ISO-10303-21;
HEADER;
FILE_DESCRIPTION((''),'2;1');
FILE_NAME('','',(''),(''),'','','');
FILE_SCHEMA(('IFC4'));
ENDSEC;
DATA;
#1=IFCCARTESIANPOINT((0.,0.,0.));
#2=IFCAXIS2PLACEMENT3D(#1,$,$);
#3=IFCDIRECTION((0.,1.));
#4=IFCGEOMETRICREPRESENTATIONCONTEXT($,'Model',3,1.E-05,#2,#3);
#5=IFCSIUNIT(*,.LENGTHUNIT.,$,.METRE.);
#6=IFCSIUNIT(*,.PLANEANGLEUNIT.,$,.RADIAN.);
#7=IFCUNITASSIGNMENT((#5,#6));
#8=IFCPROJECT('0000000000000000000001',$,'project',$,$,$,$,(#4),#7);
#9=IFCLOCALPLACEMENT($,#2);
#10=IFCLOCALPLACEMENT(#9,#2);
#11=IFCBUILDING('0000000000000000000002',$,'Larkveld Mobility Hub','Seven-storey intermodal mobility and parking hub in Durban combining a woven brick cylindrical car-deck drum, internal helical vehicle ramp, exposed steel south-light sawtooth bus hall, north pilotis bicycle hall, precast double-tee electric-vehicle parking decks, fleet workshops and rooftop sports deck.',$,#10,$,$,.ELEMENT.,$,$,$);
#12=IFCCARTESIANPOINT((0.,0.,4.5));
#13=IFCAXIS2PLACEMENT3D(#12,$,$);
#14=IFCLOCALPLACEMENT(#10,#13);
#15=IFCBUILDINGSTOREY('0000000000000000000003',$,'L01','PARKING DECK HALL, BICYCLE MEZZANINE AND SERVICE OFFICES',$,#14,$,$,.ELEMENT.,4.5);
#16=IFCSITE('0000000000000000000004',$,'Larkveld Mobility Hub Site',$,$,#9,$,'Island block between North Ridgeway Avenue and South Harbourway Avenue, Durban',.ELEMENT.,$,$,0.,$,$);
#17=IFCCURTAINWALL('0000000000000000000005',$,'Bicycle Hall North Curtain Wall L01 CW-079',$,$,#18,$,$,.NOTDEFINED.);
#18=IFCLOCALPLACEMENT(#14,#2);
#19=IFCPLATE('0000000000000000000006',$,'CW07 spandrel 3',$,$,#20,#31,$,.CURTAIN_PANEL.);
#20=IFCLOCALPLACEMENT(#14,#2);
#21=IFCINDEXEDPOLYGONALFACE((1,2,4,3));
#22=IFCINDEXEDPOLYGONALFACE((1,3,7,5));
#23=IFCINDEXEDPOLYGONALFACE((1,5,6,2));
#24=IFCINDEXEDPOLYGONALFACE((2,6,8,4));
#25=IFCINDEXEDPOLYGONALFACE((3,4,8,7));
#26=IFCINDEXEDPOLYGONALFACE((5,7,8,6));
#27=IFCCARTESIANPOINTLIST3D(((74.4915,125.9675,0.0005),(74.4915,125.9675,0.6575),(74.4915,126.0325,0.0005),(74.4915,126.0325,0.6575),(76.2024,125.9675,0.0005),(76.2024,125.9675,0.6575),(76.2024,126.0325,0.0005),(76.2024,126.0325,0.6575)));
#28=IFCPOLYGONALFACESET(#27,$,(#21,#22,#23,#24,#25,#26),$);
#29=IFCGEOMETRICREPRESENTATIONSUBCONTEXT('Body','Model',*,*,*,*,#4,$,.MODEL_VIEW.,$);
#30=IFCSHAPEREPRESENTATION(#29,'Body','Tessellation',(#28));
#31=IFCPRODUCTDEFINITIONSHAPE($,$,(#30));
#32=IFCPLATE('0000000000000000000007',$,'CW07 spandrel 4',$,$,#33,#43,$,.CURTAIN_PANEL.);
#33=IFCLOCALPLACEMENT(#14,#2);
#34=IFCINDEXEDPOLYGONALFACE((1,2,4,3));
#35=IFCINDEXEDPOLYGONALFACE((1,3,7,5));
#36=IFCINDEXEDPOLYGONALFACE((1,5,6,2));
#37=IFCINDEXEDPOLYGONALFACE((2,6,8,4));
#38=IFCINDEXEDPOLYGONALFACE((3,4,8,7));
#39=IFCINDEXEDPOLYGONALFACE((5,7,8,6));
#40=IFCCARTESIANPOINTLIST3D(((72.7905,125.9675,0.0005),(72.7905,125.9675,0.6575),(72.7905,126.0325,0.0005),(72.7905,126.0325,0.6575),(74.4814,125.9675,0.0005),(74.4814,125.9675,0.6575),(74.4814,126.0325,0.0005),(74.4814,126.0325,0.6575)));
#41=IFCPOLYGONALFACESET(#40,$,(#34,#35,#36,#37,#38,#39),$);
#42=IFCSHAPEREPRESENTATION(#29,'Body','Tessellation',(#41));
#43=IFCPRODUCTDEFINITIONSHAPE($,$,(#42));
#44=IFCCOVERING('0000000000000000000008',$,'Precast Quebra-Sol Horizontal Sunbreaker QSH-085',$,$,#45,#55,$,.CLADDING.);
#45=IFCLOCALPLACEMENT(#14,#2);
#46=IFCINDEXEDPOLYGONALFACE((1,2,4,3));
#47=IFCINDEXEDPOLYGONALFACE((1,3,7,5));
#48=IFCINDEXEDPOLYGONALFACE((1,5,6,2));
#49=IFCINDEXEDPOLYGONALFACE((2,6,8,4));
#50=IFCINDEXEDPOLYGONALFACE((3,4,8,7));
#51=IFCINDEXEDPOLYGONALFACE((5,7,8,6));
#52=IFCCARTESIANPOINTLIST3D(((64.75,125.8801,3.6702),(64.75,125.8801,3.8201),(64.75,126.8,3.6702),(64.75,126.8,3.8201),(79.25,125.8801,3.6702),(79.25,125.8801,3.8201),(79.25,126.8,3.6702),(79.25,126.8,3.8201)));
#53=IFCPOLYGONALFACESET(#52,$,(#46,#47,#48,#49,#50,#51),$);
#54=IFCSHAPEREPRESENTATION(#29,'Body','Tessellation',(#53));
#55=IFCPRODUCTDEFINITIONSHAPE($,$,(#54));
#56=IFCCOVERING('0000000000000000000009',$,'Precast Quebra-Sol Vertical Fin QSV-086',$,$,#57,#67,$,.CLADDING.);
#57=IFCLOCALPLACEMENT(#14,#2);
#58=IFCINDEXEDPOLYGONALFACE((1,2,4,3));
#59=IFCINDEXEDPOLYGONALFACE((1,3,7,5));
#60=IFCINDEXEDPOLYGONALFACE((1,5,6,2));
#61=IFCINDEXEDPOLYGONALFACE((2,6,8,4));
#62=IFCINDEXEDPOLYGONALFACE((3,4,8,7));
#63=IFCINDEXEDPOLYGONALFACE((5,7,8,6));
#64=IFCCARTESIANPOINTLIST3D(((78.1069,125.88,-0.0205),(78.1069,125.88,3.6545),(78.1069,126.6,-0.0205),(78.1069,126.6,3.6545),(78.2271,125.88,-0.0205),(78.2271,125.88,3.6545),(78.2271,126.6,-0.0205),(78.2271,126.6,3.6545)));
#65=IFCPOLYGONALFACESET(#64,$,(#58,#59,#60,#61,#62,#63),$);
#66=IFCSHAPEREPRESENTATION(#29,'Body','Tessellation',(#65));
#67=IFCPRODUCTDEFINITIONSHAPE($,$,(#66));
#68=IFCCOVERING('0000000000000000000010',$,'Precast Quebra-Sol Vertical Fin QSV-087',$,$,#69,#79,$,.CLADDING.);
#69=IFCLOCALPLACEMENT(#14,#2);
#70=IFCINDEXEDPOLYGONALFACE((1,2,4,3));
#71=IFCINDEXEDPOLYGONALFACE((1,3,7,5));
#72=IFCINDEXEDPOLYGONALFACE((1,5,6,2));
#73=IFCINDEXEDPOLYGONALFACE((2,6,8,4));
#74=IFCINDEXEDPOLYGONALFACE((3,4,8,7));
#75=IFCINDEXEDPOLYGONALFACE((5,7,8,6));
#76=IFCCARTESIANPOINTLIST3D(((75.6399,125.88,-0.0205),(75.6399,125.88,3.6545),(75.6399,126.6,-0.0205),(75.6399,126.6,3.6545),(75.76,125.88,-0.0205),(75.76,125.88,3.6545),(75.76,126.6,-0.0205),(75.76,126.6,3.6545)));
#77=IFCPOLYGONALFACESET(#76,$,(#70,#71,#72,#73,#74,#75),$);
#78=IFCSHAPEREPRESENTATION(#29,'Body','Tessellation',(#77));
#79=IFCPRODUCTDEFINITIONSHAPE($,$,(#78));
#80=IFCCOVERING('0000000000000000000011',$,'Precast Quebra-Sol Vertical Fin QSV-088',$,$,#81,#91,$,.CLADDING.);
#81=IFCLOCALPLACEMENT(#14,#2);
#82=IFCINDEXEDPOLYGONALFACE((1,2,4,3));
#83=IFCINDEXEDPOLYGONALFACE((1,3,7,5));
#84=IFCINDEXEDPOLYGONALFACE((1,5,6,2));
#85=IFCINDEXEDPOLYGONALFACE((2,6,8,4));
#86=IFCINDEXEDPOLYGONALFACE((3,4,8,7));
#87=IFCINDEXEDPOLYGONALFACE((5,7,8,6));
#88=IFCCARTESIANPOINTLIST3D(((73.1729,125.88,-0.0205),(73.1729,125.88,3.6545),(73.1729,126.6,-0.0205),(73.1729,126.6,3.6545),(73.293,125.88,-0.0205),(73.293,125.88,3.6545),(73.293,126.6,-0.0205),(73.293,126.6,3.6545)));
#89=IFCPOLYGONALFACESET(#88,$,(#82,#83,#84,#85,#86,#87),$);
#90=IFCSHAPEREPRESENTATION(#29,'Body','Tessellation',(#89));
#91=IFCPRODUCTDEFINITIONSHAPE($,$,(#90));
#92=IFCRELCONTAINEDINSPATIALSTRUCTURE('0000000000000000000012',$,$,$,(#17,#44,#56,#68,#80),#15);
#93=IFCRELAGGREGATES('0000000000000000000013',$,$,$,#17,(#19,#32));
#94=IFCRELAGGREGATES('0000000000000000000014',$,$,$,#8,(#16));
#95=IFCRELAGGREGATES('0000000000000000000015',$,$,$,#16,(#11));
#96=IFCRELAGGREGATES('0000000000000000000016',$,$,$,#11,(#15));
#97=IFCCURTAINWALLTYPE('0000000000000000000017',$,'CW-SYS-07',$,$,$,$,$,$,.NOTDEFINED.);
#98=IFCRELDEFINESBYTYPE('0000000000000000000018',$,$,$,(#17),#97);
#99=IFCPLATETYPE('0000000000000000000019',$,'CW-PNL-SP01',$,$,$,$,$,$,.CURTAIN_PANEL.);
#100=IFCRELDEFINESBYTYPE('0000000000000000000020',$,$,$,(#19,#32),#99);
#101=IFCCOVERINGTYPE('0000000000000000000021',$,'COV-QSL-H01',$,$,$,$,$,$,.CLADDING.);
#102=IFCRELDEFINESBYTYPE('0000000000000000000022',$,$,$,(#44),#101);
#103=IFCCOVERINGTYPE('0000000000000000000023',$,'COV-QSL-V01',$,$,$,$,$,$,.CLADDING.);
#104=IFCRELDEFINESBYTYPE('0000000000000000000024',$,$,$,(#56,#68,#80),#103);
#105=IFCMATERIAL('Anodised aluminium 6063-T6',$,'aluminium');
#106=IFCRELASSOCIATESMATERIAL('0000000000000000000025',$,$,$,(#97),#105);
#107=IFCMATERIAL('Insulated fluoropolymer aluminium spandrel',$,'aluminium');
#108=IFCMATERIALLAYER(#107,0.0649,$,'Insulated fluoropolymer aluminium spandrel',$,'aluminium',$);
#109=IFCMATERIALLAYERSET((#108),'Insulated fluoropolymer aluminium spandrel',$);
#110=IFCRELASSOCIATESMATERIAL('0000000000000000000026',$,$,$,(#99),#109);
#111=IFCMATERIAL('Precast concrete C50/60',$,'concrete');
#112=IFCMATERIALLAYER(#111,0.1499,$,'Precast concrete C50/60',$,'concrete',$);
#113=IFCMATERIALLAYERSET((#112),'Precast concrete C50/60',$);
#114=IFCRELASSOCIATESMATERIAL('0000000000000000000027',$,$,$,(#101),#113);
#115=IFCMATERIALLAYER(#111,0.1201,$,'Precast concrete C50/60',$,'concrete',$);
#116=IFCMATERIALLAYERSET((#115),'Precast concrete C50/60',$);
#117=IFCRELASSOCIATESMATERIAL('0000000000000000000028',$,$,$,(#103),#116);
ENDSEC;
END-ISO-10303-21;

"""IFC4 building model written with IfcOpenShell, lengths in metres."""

from ifc_helpers import new_model, si_unit, direction, frame, origin, origin_2d, place, context, subcontext, project, spatial, rectangle, extrude, material, layer, layer_set, type_object, element, aggregate, save


model = new_model("IFC4")

# Units and contexts
model_context = context("Model", 3, precision=1e-05, world=origin(), true_north=direction((0.0, 1.0)))
body_context = subcontext(model_context, "Body", "Model", "MODEL_VIEW")
ifc_project = project(units=[si_unit("LENGTHUNIT", "METRE"), si_unit("PLANEANGLEUNIT", "RADIAN")], contexts=[model_context])

# Site, building, storey
site_placement = place(None, origin())
site = spatial("IfcSite", under=ifc_project, at=site_placement, Name="Larkveld Mobility Hub Site", LongName="Island block between North Ridgeway Avenue and South Harbourway Avenue, Durban", CompositionType="ELEMENT", RefElevation=0.0)
building_placement = place(site_placement, origin())
building = spatial("IfcBuilding", under=site, at=building_placement, Name="Larkveld Mobility Hub", Description="Seven-storey intermodal mobility and parking hub in Durban combining a woven brick cylindrical car-deck drum, internal helical vehicle ramp, exposed steel south-light sawtooth bus hall, north pilotis bicycle hall, precast double-tee electric-vehicle parking decks, fleet workshops and rooftop sports deck.", CompositionType="ELEMENT")
storey_placement = place(building_placement, frame((0.0, 0.0, 4.5)))
storey = spatial("IfcBuildingStorey", under=building, at=storey_placement, Name="L01", Description="PARKING DECK HALL, BICYCLE MEZZANINE AND SERVICE OFFICES", CompositionType="ELEMENT", Elevation=4.5)

# Shared definitions
ifc_material_1 = material(Name="Precast concrete C50/60", Category="concrete")

# Curtain wall
ifc_material_2 = material(Name="Anodised aluminium 6063-T6", Category="aluminium")
curtain_wall_type_1 = type_object("IfcCurtainWallType", Name="CW-SYS-07", PredefinedType="NOTDEFINED", material=ifc_material_2)
curtain_wall_1_placement = place(storey_placement, origin())
curtain_wall_1 = element("IfcCurtainWall", 1, at=curtain_wall_1_placement, inside=storey, type_object=curtain_wall_type_1, Name="Bicycle Hall North Curtain Wall L01 CW-079", PredefinedType="NOTDEFINED")

# Plates
ifc_material_3 = material(Name="Insulated fluoropolymer aluminium spandrel", Category="aluminium")
ifc_layer_1 = layer(ifc_material_3, 0.0649, Name="Insulated fluoropolymer aluminium spandrel", Category="aluminium")
ifc_layer_set_1 = layer_set([ifc_layer_1], Name="Insulated fluoropolymer aluminium spandrel")
plate_type_1 = type_object("IfcPlateType", Name="CW-PNL-SP01", PredefinedType="CURTAIN_PANEL", material=ifc_layer_set_1)
plate_1_placement = place(storey_placement, frame((75.3469, 126.0, 0.0005), z_axis=(0.0, 0.0, 1.0), x_axis=(-1.0, 0.0, 0.0)))
plate_1 = element("IfcPlate", 2, at=plate_1_placement, type_object=plate_type_1, Name="CW07 spandrel 3", PredefinedType="CURTAIN_PANEL", context=body_context, shape_type="SweptSolid", body=[
    extrude(rectangle(XDim=1.7109, YDim=0.0649, at=origin_2d()), origin(), (0.0, 0.0, 1.0), 0.657),
])
plate_2_placement = place(storey_placement, frame((73.636, 126.0, 0.0005), z_axis=(0.0, 0.0, 1.0), x_axis=(-1.0, 0.0, 0.0)))
plate_2 = element("IfcPlate", 3, at=plate_2_placement, type_object=plate_type_1, Name="CW07 spandrel 4", PredefinedType="CURTAIN_PANEL", context=body_context, shape_type="SweptSolid", body=[
    extrude(rectangle(XDim=1.6909, YDim=0.0649, at=origin_2d()), origin(), (0.0, 0.0, 1.0), 0.657),
])
aggregate(curtain_wall_1, [plate_1, plate_2])

# Coverings
ifc_layer_2 = layer(ifc_material_1, 0.1499, Name="Precast concrete C50/60", Category="concrete")
ifc_layer_set_2 = layer_set([ifc_layer_2], Name="Precast concrete C50/60")
covering_type_1 = type_object("IfcCoveringType", Name="COV-QSL-H01", PredefinedType="CLADDING", material=ifc_layer_set_2)
covering_placement = place(storey_placement, frame((72.0, 126.3401, 3.6702), z_axis=(0.0, 0.0, 1.0), x_axis=(-1.0, 0.0, 0.0)))
element("IfcCovering", 4, at=covering_placement, inside=storey, type_object=covering_type_1, Name="Precast Quebra-Sol Horizontal Sunbreaker QSH-085", PredefinedType="CLADDING", context=body_context, shape_type="SweptSolid", body=[
    extrude(rectangle(XDim=14.5, YDim=0.9199, at=origin_2d()), origin(), (0.0, 0.0, 1.0), 0.1499),
])
ifc_layer_3 = layer(ifc_material_1, 0.1201, Name="Precast concrete C50/60", Category="concrete")
ifc_layer_set_3 = layer_set([ifc_layer_3], Name="Precast concrete C50/60")
covering_type_2 = type_object("IfcCoveringType", Name="COV-QSL-V01", PredefinedType="CLADDING", material=ifc_layer_set_3)
for number, where, z_axis, x_axis, name in (
    (5, (78.167, 126.24, -0.0205), (0.0, 0.0, 1.0), (-1.0, 0.0, 0.0), "Precast Quebra-Sol Vertical Fin QSV-086"),
    (6, (75.7, 126.24, -0.0205), (0.0, 0.0, 1.0), (-1.0, 0.0, 0.0), "Precast Quebra-Sol Vertical Fin QSV-087"),
    (7, (73.2329, 126.24, -0.0205), (0.0, 0.0, 1.0), (-1.0, 0.0, 0.0), "Precast Quebra-Sol Vertical Fin QSV-088"),
):
    element("IfcCovering", number, at=place(storey_placement, frame(where, z_axis=z_axis, x_axis=x_axis)), inside=storey, type_object=covering_type_2, Name=name, PredefinedType="CLADDING", context=body_context, shape_type="SweptSolid", body=[
        extrude(rectangle(XDim=0.1201, YDim=0.72, at=origin_2d()), origin(), (0.0, 0.0, 1.0), 3.675),
    ])

save(model, "model.ifc")
